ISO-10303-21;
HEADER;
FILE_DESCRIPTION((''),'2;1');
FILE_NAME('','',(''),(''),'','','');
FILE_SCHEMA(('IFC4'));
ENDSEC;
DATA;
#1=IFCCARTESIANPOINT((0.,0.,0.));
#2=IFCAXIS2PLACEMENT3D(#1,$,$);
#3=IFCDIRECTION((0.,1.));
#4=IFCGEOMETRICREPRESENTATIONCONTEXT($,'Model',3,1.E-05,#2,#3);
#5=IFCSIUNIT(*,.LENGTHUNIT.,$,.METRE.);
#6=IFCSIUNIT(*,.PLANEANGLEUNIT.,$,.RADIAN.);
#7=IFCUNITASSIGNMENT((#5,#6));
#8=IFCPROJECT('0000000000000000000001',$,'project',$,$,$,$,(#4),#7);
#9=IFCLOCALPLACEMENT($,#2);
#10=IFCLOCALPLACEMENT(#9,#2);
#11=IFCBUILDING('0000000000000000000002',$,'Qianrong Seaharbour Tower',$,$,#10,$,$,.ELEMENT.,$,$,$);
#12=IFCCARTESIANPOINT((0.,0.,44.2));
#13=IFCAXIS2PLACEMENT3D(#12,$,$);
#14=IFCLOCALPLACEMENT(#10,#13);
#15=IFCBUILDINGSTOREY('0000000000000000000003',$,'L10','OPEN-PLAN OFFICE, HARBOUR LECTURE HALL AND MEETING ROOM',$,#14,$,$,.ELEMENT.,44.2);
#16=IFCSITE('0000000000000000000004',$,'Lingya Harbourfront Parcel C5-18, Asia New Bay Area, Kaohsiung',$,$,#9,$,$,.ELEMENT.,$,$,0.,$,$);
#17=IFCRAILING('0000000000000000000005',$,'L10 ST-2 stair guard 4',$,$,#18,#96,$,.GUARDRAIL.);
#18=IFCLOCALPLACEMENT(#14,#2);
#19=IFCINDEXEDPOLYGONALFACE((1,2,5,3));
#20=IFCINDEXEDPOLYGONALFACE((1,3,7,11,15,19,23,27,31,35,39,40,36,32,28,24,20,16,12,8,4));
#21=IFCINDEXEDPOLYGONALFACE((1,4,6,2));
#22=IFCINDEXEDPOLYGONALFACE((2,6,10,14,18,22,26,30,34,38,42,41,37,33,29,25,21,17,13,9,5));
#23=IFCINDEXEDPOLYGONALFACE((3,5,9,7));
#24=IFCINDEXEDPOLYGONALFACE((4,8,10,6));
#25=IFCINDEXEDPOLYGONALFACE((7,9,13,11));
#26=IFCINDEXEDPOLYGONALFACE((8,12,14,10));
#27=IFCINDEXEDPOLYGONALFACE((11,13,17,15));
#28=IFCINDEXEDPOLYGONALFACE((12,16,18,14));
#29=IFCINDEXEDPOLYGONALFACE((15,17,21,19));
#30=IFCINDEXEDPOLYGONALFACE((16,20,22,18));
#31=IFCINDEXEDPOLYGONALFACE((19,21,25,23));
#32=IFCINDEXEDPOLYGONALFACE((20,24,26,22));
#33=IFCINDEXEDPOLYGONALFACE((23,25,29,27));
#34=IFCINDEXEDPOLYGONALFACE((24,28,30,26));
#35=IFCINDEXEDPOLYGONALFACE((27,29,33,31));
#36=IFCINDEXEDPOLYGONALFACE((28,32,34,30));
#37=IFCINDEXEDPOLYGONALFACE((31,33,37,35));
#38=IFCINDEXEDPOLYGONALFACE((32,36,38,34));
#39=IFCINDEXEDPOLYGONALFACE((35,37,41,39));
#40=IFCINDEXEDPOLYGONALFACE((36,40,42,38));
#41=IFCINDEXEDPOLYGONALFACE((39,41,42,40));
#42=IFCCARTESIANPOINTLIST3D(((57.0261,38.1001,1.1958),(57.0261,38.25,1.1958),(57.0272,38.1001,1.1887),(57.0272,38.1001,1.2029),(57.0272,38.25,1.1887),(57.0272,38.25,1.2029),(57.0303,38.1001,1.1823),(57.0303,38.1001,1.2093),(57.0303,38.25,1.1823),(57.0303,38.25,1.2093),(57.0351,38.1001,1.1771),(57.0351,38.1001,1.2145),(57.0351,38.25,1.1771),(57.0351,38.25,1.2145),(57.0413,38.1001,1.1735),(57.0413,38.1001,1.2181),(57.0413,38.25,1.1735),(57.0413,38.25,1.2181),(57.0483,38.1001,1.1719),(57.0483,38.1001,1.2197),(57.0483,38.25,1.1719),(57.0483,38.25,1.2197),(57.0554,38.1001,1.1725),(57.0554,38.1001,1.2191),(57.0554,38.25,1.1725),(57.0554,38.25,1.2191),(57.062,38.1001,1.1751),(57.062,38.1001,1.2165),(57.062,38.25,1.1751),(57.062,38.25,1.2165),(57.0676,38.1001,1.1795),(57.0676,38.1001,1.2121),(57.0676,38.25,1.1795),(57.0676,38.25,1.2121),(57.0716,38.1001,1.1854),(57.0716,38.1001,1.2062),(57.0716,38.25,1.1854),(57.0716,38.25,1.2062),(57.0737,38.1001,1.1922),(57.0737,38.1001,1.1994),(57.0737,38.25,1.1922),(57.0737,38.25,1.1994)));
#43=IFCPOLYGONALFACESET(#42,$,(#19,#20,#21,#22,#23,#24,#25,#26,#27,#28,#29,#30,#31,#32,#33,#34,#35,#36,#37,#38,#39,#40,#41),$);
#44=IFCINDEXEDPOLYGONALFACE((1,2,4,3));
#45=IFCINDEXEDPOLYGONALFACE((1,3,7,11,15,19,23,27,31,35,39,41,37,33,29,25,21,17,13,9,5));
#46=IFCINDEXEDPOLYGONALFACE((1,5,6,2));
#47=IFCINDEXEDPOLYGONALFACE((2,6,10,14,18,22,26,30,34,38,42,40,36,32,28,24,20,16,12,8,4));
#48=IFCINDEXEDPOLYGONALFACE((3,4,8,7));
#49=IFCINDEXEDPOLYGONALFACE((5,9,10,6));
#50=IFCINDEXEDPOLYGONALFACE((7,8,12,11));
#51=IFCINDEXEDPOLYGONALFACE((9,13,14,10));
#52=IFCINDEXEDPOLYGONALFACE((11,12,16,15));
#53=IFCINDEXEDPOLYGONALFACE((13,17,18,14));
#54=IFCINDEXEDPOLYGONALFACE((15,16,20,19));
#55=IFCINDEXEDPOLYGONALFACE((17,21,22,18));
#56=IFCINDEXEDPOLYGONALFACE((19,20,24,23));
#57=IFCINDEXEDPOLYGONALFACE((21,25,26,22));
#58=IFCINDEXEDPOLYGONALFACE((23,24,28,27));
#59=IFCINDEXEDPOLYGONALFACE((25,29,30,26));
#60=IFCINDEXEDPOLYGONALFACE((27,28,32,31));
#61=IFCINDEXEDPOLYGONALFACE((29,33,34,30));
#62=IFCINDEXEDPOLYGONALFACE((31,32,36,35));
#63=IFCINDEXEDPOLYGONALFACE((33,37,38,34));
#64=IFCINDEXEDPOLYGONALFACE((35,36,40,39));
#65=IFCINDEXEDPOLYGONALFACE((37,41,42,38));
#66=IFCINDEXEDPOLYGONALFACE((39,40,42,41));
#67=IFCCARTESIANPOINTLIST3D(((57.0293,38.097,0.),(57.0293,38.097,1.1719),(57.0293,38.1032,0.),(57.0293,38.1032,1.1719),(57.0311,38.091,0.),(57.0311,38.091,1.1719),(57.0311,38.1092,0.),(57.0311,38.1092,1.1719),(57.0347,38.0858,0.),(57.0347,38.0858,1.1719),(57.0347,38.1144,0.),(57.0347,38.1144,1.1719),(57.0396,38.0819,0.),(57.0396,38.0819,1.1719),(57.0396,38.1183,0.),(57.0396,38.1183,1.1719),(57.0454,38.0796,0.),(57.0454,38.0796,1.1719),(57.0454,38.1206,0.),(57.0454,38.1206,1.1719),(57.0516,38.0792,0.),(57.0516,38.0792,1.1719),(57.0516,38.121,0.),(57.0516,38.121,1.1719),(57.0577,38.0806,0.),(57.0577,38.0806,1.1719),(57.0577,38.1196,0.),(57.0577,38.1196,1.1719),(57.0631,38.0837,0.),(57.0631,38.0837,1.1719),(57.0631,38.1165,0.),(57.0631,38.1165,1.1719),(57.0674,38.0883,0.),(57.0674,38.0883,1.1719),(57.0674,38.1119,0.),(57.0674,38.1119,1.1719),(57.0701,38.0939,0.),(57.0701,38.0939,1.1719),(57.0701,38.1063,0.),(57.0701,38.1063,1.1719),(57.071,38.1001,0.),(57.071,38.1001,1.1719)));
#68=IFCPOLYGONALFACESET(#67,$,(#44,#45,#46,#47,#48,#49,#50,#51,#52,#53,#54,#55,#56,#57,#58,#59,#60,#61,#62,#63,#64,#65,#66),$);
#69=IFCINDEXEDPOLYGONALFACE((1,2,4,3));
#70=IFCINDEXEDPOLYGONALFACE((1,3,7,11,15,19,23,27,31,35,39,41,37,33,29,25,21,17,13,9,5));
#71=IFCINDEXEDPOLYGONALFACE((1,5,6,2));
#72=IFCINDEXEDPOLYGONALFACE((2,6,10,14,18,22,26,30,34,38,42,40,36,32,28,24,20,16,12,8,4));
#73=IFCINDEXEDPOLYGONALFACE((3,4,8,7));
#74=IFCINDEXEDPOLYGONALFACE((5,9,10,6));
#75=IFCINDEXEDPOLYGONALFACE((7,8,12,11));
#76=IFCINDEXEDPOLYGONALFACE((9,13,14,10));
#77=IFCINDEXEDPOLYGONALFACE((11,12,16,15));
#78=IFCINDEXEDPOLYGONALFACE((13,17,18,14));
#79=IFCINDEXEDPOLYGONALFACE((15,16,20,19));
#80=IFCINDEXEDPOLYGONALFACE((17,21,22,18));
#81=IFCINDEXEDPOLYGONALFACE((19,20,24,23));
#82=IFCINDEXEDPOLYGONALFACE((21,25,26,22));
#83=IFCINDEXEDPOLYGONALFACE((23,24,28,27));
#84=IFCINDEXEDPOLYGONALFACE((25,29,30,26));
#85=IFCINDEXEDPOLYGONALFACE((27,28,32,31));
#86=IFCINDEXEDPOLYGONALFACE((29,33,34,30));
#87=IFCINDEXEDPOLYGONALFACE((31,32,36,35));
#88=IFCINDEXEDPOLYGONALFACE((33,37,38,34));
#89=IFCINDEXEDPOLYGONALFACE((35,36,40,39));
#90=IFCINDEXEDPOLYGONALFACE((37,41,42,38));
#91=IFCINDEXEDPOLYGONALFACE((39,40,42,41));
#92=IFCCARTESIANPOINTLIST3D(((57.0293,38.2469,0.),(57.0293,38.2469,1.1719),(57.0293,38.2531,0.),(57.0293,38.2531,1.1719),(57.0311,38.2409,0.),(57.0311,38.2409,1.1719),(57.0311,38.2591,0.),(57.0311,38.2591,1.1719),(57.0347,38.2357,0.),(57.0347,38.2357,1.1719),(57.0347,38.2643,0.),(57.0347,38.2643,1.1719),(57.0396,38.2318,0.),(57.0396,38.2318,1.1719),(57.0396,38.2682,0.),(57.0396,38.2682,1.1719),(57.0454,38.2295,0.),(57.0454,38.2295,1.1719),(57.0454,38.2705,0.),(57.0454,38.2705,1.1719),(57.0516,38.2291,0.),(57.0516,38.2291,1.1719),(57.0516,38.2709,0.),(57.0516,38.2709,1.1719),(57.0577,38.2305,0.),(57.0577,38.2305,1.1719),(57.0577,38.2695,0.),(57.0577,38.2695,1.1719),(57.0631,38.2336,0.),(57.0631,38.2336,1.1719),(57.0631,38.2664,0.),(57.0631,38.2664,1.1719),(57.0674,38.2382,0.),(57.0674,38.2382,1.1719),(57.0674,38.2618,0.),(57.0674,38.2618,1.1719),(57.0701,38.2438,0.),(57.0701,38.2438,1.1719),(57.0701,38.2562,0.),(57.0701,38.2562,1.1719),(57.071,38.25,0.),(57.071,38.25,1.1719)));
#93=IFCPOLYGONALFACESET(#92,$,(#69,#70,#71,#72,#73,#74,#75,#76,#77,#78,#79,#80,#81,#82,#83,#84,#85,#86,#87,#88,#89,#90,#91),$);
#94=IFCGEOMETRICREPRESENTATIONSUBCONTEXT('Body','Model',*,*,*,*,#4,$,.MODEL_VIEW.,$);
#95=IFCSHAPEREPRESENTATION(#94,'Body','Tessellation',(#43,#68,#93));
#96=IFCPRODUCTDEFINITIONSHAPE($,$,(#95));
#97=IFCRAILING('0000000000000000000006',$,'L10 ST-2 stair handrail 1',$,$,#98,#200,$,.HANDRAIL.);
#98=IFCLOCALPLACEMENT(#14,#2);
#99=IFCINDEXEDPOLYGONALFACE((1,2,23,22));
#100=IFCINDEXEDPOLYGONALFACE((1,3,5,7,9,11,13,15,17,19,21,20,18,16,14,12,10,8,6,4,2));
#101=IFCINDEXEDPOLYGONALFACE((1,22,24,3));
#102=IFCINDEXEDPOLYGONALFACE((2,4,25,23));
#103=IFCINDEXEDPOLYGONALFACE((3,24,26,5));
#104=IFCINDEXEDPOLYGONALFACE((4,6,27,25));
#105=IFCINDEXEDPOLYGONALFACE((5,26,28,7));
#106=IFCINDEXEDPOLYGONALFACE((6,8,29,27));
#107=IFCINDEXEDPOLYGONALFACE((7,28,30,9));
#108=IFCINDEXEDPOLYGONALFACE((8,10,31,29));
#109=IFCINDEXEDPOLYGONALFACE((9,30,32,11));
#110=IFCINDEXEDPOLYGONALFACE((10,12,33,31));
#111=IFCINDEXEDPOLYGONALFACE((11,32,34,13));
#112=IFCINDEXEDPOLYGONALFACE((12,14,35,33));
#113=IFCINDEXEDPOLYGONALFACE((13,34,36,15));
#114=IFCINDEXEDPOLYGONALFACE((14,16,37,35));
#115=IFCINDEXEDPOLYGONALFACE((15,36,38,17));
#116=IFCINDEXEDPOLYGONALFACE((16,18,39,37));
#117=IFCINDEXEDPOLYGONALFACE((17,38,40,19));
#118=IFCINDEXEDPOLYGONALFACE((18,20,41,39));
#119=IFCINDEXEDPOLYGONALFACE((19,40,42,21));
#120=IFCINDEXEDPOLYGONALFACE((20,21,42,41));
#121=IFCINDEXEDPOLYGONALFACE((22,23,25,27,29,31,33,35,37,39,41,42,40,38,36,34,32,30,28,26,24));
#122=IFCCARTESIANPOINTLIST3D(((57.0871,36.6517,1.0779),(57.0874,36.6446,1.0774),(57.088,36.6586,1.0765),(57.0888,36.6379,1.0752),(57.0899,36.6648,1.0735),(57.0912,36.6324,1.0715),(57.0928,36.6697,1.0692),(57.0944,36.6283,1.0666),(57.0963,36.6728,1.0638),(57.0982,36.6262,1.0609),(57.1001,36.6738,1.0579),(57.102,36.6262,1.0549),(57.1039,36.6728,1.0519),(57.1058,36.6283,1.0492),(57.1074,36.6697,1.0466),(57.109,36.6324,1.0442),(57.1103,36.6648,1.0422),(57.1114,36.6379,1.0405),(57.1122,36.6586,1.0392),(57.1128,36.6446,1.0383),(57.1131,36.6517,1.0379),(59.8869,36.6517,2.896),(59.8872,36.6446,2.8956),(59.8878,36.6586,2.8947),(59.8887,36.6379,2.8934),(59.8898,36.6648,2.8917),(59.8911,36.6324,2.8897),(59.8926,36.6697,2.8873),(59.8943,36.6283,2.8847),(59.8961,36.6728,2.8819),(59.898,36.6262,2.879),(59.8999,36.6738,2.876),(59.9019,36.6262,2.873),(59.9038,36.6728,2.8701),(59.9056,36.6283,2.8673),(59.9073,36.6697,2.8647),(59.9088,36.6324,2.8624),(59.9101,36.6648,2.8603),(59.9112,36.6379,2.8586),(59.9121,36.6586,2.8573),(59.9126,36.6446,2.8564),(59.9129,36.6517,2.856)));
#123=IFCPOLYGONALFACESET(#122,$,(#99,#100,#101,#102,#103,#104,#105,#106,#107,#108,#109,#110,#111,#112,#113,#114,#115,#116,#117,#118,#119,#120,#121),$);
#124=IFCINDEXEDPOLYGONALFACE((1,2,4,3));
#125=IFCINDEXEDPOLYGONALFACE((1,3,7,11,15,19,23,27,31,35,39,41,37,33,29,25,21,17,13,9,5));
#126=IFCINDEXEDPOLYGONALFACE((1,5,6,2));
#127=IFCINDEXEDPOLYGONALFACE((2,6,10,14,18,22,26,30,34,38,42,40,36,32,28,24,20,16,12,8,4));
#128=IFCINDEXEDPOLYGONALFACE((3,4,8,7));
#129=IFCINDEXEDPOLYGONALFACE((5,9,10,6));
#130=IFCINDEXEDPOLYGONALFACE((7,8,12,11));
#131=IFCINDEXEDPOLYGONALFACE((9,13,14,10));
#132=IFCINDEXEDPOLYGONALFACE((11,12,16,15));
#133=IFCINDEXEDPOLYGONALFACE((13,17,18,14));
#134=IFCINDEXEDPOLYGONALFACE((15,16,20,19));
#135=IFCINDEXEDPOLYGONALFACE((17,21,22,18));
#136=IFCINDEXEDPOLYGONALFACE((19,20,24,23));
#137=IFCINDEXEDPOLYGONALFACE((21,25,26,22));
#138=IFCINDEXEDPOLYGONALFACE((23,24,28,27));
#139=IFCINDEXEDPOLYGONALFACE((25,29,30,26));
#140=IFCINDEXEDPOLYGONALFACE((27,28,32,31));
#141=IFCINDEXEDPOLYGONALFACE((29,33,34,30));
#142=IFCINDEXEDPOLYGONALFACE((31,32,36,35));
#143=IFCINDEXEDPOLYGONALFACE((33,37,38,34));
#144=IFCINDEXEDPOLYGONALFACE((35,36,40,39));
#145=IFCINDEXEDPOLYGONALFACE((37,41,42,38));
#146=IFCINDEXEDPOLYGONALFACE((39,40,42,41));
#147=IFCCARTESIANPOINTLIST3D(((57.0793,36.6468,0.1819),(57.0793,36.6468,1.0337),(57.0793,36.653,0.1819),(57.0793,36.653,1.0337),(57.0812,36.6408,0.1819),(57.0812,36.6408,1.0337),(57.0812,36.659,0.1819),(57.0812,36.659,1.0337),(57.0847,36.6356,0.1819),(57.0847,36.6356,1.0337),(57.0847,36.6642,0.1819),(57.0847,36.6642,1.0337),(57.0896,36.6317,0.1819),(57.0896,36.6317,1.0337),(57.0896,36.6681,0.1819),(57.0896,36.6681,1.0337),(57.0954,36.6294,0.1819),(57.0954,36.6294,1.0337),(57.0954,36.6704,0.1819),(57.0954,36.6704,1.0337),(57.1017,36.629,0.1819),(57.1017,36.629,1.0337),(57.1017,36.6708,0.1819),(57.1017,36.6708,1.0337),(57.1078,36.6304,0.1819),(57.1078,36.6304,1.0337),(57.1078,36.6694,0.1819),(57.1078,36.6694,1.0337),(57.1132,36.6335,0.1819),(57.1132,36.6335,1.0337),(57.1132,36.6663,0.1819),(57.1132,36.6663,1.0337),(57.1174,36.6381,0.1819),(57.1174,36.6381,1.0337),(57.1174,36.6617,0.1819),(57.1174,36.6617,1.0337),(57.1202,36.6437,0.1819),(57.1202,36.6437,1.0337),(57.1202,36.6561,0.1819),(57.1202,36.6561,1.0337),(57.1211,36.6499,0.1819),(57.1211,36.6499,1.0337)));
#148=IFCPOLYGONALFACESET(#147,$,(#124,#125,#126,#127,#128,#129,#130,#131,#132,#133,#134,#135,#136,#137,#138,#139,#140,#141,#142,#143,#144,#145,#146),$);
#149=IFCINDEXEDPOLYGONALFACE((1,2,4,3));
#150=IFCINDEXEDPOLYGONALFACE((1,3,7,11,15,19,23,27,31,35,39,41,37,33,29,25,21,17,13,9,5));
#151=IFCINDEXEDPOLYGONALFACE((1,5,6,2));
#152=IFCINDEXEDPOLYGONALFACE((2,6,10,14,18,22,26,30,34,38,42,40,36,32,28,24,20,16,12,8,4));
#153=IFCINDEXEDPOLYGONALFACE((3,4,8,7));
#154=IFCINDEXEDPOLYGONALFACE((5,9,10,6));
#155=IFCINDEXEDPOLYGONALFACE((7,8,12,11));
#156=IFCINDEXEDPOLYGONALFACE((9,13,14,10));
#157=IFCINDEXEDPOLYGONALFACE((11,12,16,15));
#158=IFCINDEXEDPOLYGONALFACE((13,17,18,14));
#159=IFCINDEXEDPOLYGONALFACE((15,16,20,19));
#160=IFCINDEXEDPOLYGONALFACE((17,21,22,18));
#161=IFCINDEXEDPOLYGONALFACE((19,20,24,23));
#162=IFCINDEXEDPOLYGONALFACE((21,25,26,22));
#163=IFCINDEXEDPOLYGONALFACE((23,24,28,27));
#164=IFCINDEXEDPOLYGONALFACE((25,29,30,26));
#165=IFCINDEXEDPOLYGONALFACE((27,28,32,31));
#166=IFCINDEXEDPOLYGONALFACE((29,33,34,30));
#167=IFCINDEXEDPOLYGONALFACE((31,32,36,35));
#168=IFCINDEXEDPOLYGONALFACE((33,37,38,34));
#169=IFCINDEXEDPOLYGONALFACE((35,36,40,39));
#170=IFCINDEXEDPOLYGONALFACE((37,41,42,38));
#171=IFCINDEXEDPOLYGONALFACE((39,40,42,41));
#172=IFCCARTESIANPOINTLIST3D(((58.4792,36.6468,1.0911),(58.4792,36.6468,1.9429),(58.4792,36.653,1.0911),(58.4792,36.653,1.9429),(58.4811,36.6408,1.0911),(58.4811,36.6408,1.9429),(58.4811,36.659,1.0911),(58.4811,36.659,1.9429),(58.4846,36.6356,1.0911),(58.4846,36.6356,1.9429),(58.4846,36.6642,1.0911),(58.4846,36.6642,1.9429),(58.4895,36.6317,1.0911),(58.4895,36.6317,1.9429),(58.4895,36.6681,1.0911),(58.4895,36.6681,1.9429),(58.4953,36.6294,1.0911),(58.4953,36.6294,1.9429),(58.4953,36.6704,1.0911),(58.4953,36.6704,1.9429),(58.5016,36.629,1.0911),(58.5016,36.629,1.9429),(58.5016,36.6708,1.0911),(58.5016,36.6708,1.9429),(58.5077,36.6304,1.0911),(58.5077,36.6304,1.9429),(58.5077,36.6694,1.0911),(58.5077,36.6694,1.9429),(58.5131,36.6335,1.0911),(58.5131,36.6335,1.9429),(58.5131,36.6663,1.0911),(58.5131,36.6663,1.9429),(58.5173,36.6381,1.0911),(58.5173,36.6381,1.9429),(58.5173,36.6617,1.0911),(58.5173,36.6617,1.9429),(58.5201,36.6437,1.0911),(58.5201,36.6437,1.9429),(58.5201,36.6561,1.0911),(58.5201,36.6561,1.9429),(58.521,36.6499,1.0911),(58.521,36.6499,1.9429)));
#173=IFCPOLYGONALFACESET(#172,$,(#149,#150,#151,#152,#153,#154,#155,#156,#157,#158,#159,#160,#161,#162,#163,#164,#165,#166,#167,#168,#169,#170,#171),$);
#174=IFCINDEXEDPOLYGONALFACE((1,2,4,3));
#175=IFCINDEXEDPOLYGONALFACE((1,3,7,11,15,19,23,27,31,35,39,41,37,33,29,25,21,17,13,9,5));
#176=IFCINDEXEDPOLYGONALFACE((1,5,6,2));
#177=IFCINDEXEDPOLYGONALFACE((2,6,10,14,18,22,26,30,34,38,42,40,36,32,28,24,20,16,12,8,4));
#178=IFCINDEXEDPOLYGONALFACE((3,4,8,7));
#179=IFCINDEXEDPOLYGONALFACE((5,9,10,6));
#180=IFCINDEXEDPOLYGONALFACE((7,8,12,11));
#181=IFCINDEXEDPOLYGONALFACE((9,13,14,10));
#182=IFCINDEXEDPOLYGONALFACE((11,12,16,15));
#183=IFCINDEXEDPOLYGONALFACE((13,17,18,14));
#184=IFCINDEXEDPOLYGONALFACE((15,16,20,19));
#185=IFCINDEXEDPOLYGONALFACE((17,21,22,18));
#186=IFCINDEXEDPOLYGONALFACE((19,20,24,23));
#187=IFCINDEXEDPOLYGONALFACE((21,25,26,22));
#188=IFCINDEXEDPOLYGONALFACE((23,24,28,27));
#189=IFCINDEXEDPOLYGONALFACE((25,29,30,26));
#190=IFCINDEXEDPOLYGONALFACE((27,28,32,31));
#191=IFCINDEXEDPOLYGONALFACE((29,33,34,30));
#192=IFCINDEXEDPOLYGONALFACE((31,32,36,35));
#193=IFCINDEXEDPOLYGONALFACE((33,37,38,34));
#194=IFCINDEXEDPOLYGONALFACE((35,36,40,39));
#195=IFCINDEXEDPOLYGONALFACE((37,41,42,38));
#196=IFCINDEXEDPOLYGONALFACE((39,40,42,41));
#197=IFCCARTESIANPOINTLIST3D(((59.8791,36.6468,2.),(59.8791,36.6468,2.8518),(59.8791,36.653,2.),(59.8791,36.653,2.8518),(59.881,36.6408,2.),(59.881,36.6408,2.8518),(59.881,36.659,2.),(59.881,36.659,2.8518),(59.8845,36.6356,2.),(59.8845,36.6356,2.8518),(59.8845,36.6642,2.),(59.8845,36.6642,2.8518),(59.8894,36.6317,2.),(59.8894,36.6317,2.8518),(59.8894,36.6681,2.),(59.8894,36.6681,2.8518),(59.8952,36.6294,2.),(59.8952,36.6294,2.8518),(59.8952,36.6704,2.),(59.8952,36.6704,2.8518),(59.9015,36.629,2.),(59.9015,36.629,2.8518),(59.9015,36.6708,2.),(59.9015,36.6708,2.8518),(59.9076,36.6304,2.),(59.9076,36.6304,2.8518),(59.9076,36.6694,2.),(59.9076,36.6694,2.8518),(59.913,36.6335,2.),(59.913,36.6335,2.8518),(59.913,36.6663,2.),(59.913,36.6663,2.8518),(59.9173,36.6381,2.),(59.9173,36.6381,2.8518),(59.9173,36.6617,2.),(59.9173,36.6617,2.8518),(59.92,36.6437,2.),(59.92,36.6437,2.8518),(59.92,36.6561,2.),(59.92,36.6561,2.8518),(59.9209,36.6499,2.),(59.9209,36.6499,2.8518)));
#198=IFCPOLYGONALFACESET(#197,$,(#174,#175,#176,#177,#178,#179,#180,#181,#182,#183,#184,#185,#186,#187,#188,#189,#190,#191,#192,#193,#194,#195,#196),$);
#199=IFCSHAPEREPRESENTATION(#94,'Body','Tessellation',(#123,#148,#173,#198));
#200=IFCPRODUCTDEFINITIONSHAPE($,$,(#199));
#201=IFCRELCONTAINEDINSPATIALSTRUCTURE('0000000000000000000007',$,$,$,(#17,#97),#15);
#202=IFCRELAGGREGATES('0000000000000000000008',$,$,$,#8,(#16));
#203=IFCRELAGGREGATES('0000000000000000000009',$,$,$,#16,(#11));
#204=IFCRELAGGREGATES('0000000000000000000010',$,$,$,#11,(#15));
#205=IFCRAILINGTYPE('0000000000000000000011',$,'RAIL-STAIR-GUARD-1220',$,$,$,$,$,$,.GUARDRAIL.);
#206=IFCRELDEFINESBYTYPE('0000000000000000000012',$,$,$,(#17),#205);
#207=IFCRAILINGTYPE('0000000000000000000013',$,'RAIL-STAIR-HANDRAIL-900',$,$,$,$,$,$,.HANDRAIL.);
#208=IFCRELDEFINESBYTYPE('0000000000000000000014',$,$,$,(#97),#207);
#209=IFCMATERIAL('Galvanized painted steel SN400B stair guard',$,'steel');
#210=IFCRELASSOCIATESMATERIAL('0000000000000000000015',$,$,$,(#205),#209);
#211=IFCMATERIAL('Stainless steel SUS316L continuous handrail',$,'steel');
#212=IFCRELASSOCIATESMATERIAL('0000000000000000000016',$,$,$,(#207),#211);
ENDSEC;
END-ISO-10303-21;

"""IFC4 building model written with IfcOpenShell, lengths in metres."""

from ifc_helpers import new_model, si_unit, direction, frame, origin, origin_2d, place, context, subcontext, project, spatial, circle, extrude, material, type_object, element, save


model = new_model("IFC4")

# Units and contexts
model_context = context("Model", 3, precision=1e-05, world=origin(), true_north=direction((0.0, 1.0)))
body_context = subcontext(model_context, "Body", "Model", "MODEL_VIEW")
ifc_project = project(units=[si_unit("LENGTHUNIT", "METRE"), si_unit("PLANEANGLEUNIT", "RADIAN")], contexts=[model_context])

# Site, building, storey
site_placement = place(None, origin())
site = spatial("IfcSite", under=ifc_project, at=site_placement, Name="Lingya Harbourfront Parcel C5-18, Asia New Bay Area, Kaohsiung", CompositionType="ELEMENT", RefElevation=0.0)
building_placement = place(site_placement, origin())
building = spatial("IfcBuilding", under=site, at=building_placement, Name="Qianrong Seaharbour Tower", CompositionType="ELEMENT")
storey_placement = place(building_placement, frame((0.0, 0.0, 44.2)))
storey = spatial("IfcBuildingStorey", under=building, at=storey_placement, Name="L10", Description="OPEN-PLAN OFFICE, HARBOUR LECTURE HALL AND MEETING ROOM", CompositionType="ELEMENT", Elevation=44.2)

# Railings
ifc_material_1 = material(Name="Galvanized painted steel SN400B stair guard", Category="steel")
railing_type_1 = type_object("IfcRailingType", Name="RAIL-STAIR-GUARD-1220", PredefinedType="GUARDRAIL", material=ifc_material_1)
railing_1_placement = place(storey_placement, frame((57.05, 38.1001, 0.0)))
element("IfcRailing", 1, at=railing_1_placement, inside=storey, type_object=railing_type_1, Name="L10 ST-2 stair guard 4", PredefinedType="GUARDRAIL", context=body_context, shape_type="SweptSolid", body=[
    extrude(circle(Radius=0.0239, at=origin_2d()), frame((0.0, 0.0, 1.1958), z_axis=(0.0, 1.0, 0.0), x_axis=(-1.0, 0.0, 0.0)), (0.0, 0.0, 1.0), 0.1499),
    extrude(circle(Radius=0.021, at=origin_2d()), origin(), (0.0, 0.0, 1.0), 1.1719),
    extrude(circle(Radius=0.021, at=origin_2d()), frame((0.0, 0.1499, 0.0)), (0.0, 0.0, 1.0), 1.1719),
])
ifc_material_2 = material(Name="Stainless steel SUS316L continuous handrail", Category="steel")
railing_type_2 = type_object("IfcRailingType", Name="RAIL-STAIR-HANDRAIL-900", PredefinedType="HANDRAIL", material=ifc_material_2)
railing_2_placement = place(storey_placement, frame((57.1001, 36.6499, 0.1819)))
element("IfcRailing", 2, at=railing_2_placement, inside=storey, type_object=railing_type_2, Name="L10 ST-2 stair handrail 1", PredefinedType="HANDRAIL", context=body_context, shape_type="SweptSolid", body=[
    extrude(circle(Radius=0.0239, at=origin_2d()), frame((0.0, 0.0, 0.876), z_axis=(0.838684, 0.0, 0.544618), x_axis=(0.0, 1.0, 0.0)), (0.0, 0.0, 1.0), 3.3384),
    extrude(circle(Radius=0.021, at=origin_2d()), origin(), (0.0, 0.0, 1.0), 0.8518),
    extrude(circle(Radius=0.021, at=origin_2d()), frame((1.3999, 0.0, 0.9092)), (0.0, 0.0, 1.0), 0.8518),
    extrude(circle(Radius=0.021, at=origin_2d()), frame((2.7998, 0.0, 1.8181)), (0.0, 0.0, 1.0), 0.8518),
])

save(model, "model.ifc")
